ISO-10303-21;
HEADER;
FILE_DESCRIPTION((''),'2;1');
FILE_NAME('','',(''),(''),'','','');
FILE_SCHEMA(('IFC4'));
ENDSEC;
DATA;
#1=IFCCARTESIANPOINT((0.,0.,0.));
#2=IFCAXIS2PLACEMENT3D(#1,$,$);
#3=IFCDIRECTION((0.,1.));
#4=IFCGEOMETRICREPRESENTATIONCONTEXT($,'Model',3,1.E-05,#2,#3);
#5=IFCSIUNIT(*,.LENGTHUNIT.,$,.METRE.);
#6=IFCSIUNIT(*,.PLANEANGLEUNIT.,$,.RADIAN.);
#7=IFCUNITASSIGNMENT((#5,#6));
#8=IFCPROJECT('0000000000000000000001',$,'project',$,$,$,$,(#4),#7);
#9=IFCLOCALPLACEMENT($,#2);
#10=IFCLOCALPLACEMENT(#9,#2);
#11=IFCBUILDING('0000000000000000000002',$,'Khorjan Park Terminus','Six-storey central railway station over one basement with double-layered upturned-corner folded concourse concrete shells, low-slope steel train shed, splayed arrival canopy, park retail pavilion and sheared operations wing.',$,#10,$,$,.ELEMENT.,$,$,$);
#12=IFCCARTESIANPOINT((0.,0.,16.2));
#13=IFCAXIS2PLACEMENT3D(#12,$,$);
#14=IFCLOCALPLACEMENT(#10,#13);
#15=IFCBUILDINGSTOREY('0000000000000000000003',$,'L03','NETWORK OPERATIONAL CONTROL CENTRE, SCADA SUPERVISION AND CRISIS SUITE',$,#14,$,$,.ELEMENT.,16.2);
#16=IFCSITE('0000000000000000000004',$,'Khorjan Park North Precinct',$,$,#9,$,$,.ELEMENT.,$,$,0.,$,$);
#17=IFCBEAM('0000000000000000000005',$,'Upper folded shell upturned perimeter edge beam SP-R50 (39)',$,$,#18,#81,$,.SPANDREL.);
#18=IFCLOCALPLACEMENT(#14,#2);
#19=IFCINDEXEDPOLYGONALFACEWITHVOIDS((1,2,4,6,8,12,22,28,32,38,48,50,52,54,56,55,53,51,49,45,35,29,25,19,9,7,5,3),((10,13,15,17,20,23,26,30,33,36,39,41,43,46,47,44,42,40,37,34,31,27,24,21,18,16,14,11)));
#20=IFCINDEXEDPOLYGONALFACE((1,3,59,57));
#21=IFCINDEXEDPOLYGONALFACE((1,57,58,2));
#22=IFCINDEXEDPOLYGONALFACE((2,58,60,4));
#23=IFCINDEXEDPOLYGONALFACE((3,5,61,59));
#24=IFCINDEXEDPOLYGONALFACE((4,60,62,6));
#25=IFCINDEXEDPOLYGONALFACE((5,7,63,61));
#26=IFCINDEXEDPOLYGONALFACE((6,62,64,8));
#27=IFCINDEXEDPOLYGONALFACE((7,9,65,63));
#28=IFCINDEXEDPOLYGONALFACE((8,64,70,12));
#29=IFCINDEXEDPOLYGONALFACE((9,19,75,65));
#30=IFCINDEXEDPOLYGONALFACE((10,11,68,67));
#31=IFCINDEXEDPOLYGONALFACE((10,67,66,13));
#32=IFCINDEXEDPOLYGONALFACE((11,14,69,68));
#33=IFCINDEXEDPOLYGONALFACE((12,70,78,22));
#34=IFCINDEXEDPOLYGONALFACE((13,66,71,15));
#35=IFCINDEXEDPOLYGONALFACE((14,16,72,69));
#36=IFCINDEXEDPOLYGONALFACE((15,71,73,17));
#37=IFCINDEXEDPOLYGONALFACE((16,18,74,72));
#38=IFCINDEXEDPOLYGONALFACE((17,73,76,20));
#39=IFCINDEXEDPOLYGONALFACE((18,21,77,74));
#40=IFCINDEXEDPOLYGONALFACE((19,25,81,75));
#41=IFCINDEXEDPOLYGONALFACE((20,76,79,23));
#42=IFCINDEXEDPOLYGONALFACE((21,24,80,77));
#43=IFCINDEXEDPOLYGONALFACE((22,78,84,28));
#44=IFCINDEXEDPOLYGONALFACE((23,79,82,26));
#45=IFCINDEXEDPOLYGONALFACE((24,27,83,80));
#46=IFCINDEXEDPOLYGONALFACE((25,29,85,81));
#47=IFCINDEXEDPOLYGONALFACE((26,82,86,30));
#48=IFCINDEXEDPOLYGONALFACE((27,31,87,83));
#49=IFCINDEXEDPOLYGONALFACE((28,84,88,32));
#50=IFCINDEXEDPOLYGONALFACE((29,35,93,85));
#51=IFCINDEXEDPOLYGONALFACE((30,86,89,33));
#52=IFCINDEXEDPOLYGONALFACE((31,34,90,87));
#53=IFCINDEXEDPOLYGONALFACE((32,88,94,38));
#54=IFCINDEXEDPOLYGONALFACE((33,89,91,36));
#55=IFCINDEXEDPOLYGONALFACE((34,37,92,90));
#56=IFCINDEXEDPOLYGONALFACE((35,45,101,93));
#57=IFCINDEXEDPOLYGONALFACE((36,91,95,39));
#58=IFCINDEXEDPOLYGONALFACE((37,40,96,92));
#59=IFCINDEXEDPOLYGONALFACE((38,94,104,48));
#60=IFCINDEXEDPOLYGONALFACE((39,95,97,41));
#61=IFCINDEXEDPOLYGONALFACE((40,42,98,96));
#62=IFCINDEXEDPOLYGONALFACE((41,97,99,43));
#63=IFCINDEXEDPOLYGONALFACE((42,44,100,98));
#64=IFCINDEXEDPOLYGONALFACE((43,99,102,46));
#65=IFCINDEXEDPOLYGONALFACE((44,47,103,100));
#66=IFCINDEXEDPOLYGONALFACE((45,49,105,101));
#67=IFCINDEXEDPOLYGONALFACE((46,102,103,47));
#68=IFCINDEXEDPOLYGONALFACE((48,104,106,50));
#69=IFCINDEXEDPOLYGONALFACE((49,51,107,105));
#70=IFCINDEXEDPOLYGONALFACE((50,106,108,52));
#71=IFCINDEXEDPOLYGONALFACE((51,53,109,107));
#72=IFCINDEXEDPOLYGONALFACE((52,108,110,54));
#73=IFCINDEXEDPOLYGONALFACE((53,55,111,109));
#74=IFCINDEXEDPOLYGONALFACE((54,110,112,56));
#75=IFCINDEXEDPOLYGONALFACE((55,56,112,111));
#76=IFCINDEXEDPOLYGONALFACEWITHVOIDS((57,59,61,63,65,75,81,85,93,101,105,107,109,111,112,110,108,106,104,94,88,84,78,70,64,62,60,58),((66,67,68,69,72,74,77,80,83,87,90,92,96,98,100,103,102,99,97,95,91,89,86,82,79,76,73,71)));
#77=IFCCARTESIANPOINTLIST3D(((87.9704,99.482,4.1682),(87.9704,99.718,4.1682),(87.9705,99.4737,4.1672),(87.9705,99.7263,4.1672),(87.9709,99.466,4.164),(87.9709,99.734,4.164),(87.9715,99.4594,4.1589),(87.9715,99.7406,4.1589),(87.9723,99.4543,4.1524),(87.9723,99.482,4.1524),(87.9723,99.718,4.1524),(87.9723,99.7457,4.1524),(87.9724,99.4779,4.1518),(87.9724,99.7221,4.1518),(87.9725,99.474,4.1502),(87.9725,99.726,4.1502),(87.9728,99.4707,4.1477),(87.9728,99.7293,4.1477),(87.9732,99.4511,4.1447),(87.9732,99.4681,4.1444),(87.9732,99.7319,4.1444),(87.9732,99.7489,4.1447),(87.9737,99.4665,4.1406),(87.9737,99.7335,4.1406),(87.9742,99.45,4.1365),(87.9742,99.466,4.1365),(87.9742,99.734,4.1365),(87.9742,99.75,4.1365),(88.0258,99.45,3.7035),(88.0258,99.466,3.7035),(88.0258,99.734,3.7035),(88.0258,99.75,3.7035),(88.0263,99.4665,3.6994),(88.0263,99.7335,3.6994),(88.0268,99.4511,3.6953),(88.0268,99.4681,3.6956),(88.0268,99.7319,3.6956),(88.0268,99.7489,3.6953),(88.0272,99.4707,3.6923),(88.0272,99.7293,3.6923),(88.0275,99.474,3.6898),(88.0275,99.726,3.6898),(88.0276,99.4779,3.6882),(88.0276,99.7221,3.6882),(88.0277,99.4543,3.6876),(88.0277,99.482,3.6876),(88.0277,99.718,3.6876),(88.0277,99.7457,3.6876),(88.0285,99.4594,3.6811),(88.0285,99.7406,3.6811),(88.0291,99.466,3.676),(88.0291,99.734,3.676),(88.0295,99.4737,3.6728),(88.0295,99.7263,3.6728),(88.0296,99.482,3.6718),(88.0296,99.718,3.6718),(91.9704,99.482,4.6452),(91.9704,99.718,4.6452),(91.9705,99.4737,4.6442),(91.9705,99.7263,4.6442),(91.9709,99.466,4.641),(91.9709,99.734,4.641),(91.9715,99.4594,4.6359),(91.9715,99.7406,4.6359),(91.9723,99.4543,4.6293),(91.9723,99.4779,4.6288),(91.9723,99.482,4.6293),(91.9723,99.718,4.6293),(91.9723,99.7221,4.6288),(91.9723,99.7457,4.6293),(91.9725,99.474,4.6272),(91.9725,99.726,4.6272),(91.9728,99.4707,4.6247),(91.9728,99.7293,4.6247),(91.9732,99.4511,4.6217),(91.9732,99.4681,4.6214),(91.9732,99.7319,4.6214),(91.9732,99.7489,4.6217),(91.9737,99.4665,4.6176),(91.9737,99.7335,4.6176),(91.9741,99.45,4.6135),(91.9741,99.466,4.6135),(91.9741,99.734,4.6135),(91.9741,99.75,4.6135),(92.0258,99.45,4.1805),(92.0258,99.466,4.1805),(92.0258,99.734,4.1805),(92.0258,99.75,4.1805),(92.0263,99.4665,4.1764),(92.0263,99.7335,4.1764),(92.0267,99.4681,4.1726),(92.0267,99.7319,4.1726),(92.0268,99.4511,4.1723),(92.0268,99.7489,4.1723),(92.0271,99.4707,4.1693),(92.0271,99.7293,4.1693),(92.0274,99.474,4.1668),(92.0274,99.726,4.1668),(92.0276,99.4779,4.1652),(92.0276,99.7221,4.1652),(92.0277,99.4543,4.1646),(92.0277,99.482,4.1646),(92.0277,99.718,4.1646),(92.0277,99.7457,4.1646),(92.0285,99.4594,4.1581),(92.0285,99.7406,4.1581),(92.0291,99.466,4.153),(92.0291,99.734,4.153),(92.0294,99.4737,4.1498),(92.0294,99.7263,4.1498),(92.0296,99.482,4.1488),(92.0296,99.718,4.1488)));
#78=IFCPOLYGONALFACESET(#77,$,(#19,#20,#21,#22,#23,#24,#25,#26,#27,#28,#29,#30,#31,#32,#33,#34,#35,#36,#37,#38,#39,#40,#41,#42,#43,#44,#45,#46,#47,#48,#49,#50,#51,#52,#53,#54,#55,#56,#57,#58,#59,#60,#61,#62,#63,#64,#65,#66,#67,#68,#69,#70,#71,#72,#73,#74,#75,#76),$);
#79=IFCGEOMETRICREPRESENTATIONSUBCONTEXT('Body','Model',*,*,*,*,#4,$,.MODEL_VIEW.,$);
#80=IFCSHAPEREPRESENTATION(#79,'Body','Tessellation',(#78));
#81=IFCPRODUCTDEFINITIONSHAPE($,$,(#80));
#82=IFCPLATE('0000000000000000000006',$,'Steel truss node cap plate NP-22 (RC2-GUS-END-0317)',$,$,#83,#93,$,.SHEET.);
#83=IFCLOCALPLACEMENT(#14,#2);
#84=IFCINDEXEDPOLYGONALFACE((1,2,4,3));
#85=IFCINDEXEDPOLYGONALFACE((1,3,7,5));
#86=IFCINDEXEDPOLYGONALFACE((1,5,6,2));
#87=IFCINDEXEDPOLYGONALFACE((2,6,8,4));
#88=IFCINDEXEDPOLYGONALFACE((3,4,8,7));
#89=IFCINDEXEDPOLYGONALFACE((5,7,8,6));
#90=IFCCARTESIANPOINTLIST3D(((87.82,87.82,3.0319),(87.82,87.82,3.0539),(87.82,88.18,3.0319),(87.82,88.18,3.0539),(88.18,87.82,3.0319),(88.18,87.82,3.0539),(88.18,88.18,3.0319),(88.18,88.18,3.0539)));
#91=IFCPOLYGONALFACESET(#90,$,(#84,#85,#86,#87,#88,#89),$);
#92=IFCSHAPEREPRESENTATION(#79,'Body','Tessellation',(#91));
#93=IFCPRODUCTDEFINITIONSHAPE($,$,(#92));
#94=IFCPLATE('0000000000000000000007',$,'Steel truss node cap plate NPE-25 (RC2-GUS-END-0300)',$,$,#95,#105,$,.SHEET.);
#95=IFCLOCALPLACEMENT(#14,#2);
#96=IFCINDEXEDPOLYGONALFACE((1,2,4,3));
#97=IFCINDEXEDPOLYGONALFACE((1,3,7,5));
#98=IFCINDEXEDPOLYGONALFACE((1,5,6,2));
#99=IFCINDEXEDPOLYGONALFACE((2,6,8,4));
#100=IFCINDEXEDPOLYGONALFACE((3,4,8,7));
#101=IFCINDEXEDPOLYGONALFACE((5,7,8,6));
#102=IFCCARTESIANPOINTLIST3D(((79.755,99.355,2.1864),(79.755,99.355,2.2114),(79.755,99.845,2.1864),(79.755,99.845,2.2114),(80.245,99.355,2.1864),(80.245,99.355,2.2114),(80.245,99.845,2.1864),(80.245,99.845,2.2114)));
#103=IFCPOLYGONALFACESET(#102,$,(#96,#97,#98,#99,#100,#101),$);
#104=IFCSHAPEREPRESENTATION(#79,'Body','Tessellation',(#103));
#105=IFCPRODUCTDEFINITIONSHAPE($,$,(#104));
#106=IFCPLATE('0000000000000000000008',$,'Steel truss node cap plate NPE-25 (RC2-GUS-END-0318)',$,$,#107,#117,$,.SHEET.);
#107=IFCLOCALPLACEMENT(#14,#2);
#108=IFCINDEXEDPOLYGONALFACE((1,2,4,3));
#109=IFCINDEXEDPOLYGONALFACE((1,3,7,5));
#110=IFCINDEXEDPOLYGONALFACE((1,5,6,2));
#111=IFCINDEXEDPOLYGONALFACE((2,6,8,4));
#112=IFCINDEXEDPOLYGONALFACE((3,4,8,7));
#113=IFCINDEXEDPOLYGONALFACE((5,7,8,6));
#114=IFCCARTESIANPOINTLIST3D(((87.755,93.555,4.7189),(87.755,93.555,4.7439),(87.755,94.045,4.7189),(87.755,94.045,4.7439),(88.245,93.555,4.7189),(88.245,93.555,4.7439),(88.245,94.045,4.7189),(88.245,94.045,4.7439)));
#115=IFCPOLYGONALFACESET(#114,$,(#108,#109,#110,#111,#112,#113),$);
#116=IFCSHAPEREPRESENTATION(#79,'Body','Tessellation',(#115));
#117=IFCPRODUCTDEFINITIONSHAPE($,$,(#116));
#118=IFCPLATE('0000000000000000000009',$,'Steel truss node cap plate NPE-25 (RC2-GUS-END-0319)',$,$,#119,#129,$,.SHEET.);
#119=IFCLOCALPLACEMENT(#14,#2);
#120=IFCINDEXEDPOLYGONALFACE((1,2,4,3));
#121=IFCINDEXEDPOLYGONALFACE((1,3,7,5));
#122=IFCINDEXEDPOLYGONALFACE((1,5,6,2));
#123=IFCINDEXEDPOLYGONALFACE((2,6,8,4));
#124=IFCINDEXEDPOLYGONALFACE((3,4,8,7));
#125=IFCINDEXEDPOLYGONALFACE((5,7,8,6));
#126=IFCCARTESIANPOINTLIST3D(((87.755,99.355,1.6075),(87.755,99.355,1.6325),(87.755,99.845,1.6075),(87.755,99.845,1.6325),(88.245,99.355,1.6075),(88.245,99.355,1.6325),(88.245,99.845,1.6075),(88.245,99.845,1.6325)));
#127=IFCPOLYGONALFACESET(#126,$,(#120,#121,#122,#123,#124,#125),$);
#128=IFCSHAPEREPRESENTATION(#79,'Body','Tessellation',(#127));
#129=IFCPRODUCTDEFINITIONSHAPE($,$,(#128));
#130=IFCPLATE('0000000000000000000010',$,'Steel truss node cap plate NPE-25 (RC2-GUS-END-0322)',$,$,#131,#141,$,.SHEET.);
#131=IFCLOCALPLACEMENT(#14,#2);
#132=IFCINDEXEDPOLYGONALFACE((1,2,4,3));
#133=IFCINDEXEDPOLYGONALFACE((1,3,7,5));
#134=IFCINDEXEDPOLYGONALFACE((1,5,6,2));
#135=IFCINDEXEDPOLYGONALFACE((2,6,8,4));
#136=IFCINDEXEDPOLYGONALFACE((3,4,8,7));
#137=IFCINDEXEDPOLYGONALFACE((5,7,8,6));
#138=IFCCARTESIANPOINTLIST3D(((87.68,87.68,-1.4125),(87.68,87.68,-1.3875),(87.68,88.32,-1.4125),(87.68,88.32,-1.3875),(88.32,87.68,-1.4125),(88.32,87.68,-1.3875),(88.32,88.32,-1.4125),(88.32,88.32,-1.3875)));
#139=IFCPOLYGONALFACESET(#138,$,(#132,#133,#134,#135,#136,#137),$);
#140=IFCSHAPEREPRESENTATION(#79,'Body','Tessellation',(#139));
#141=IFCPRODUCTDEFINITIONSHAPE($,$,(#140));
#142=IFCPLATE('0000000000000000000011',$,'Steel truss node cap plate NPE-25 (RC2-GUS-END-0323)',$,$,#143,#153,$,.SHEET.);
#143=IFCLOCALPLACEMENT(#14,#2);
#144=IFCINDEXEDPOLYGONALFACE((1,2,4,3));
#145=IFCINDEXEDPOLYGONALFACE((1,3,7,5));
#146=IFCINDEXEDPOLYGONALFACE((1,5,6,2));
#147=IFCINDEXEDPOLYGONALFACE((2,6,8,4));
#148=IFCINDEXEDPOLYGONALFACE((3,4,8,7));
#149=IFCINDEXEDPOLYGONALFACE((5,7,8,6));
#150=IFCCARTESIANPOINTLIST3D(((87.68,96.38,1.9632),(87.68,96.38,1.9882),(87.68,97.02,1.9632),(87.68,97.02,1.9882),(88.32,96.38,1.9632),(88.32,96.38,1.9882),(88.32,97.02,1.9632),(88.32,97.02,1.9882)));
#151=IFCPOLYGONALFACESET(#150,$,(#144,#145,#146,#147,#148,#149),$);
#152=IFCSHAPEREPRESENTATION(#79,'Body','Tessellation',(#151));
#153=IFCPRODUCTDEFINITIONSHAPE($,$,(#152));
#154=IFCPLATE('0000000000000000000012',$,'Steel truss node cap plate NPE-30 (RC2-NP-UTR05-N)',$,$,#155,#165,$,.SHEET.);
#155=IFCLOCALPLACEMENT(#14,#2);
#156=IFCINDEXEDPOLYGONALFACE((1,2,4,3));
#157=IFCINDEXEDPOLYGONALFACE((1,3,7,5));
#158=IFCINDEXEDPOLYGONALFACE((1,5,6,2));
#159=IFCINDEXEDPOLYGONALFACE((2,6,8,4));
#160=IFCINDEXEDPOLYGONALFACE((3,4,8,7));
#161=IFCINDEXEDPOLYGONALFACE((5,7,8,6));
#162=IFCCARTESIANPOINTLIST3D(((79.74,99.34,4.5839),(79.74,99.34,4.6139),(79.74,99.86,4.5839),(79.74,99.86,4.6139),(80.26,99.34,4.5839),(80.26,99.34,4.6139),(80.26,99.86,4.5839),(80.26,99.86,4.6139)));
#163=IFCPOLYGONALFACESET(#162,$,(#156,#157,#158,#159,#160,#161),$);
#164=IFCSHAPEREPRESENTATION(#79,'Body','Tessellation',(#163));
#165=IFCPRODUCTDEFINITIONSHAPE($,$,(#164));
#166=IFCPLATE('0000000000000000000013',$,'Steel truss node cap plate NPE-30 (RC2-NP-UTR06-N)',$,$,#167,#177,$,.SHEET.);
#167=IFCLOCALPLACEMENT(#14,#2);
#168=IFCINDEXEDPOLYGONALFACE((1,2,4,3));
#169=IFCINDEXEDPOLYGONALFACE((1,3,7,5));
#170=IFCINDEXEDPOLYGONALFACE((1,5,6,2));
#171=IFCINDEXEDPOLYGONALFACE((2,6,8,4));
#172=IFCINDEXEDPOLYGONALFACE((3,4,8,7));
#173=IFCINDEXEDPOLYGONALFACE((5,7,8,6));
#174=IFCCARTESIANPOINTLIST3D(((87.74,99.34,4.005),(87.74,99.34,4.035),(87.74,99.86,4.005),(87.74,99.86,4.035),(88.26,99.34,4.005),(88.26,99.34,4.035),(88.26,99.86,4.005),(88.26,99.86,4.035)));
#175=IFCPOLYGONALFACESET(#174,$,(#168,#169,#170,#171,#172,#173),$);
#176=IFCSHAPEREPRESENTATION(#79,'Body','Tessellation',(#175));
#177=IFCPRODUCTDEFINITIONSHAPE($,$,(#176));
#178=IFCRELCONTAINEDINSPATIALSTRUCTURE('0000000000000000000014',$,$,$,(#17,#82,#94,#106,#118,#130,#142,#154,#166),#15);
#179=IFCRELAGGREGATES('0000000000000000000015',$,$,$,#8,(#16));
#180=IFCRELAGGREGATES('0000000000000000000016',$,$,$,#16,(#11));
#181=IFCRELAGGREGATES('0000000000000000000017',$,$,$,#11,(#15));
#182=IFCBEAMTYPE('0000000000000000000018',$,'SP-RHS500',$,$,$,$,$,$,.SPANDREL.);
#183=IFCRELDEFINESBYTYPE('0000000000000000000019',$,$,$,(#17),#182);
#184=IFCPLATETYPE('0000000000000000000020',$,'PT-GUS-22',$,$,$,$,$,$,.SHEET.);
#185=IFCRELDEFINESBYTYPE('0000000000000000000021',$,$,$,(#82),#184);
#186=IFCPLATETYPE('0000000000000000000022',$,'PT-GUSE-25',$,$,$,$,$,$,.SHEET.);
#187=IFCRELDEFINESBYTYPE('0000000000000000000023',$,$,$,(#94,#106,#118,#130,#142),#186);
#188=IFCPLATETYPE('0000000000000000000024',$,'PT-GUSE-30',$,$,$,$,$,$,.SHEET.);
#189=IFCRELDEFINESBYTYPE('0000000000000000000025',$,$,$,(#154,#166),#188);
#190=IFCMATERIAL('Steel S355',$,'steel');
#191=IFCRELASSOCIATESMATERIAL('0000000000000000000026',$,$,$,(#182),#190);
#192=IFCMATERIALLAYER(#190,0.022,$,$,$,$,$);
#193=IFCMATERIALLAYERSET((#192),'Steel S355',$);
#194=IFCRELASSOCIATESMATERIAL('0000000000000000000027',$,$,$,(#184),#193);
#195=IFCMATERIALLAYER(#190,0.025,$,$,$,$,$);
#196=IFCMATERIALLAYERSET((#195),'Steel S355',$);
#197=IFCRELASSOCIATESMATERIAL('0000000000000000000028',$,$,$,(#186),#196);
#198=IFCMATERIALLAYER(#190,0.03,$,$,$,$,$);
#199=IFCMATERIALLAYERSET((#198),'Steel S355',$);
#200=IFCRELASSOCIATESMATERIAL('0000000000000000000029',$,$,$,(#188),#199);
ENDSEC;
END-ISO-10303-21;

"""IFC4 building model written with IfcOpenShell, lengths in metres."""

from ifc_helpers import new_model, si_unit, direction, frame, origin, origin_2d, place, context, subcontext, project, spatial, rectangle, hollow_rectangle, extrude, material, layer, layer_set, material_profile, profile_set, type_object, element, save


model = new_model("IFC4")

# Units and contexts
model_context = context("Model", 3, precision=1e-05, world=origin(), true_north=direction((0.0, 1.0)))
body_context = subcontext(model_context, "Body", "Model", "MODEL_VIEW")
ifc_project = project(units=[si_unit("LENGTHUNIT", "METRE"), si_unit("PLANEANGLEUNIT", "RADIAN")], contexts=[model_context])

# Site, building, storey
site_placement = place(None, origin())
site = spatial("IfcSite", under=ifc_project, at=site_placement, Name="Khorjan Park North Precinct", CompositionType="ELEMENT", RefElevation=0.0)
building_placement = place(site_placement, origin())
building = spatial("IfcBuilding", under=site, at=building_placement, Name="Khorjan Park Terminus", Description="Six-storey central railway station over one basement with double-layered upturned-corner folded concourse concrete shells, low-slope steel train shed, splayed arrival canopy, park retail pavilion and sheared operations wing.", CompositionType="ELEMENT")
storey_placement = place(building_placement, frame((0.0, 0.0, 16.2)))
storey = spatial("IfcBuildingStorey", under=building, at=storey_placement, Name="L03", Description="NETWORK OPERATIONAL CONTROL CENTRE, SCADA SUPERVISION AND CRISIS SUITE", CompositionType="ELEMENT", Elevation=16.2)

# Shared definitions
ifc_material_1 = material(Name="Steel S355", Category="steel")

# Beam
ifc_material_profile_1 = material_profile(ifc_material_1, hollow_rectangle(XDim=0.3, YDim=0.5, WallThickness=0.016, InnerFilletRadius=0.016, OuterFilletRadius=0.032, at=origin_2d()), Name="RHS 500x300x16")
ifc_profile_set_1 = profile_set([ifc_material_profile_1], Name="Steel S355")
beam_type_1 = type_object("IfcBeamType", Name="SP-RHS500", PredefinedType="SPANDREL", material=ifc_profile_set_1)
for number, where, z_axis, x_axis, name in (
    (1, (88.0, 99.6, 3.92), (0.992965, 0.0, 0.118411), (0.0, 1.0, 0.0), "Upper folded shell upturned perimeter edge beam SP-R50 (39)"),
):
    element("IfcBeam", number, at=place(storey_placement, frame(where, z_axis=z_axis, x_axis=x_axis)), inside=storey, type_object=beam_type_1, Name=name, PredefinedType="SPANDREL", context=body_context, shape_type="SweptSolid", body=[
        extrude(hollow_rectangle(XDim=0.3, YDim=0.5, WallThickness=0.016, InnerFilletRadius=0.016, OuterFilletRadius=0.032, at=origin_2d()), origin(), (0.0, 0.0, 1.0), 4.0283),
    ])

# Plates
ifc_layer_1 = layer(ifc_material_1, 0.022)
ifc_layer_set_1 = layer_set([ifc_layer_1], Name="Steel S355")
plate_type_1 = type_object("IfcPlateType", Name="PT-GUS-22", PredefinedType="SHEET", material=ifc_layer_set_1)
plate_placement = place(storey_placement, frame((88.0, 88.0, 3.0319), z_axis=(0.0, 0.0, 1.0), x_axis=(1.0, 0.0, 0.0)))
element("IfcPlate", 2, at=plate_placement, inside=storey, type_object=plate_type_1, Name="Steel truss node cap plate NP-22 (RC2-GUS-END-0317)", PredefinedType="SHEET", context=body_context, shape_type="SweptSolid", body=[
    extrude(rectangle(XDim=0.36, YDim=0.36, at=origin_2d()), origin(), (0.0, 0.0, 1.0), 0.022),
])
ifc_layer_2 = layer(ifc_material_1, 0.025)
ifc_layer_set_2 = layer_set([ifc_layer_2], Name="Steel S355")
plate_type_2 = type_object("IfcPlateType", Name="PT-GUSE-25", PredefinedType="SHEET", material=ifc_layer_set_2)
for number, where, z_axis, x_axis, name in (
    (3, (80.0, 99.6, 2.1864), (0.0, 0.0, 1.0), (1.0, 0.0, 0.0), "Steel truss node cap plate NPE-25 (RC2-GUS-END-0300)"),
    (4, (88.0, 93.8, 4.7189), (0.0, 0.0, 1.0), (1.0, 0.0, 0.0), "Steel truss node cap plate NPE-25 (RC2-GUS-END-0318)"),
    (5, (88.0, 99.6, 1.6075), (0.0, 0.0, 1.0), (1.0, 0.0, 0.0), "Steel truss node cap plate NPE-25 (RC2-GUS-END-0319)"),
):
    element("IfcPlate", number, at=place(storey_placement, frame(where, z_axis=z_axis, x_axis=x_axis)), inside=storey, type_object=plate_type_2, Name=name, PredefinedType="SHEET", context=body_context, shape_type="SweptSolid", body=[
        extrude(rectangle(XDim=0.49, YDim=0.49, at=origin_2d()), origin(), (0.0, 0.0, 1.0), 0.025),
    ])
for number, where, z_axis, x_axis, name in (
    (6, (88.0, 88.0, -1.4125), (0.0, 0.0, 1.0), (1.0, 0.0, 0.0), "Steel truss node cap plate NPE-25 (RC2-GUS-END-0322)"),
    (7, (88.0, 96.7, 1.9632), (0.0, 0.0, 1.0), (1.0, 0.0, 0.0), "Steel truss node cap plate NPE-25 (RC2-GUS-END-0323)"),
):
    element("IfcPlate", number, at=place(storey_placement, frame(where, z_axis=z_axis, x_axis=x_axis)), inside=storey, type_object=plate_type_2, Name=name, PredefinedType="SHEET", context=body_context, shape_type="SweptSolid", body=[
        extrude(rectangle(XDim=0.64, YDim=0.64, at=origin_2d()), origin(), (0.0, 0.0, 1.0), 0.025),
    ])
ifc_layer_3 = layer(ifc_material_1, 0.03)
ifc_layer_set_3 = layer_set([ifc_layer_3], Name="Steel S355")
plate_type_3 = type_object("IfcPlateType", Name="PT-GUSE-30", PredefinedType="SHEET", material=ifc_layer_set_3)
for number, where, z_axis, x_axis, name in (
    (8, (80.0, 99.6, 4.5839), (0.0, 0.0, 1.0), (1.0, 0.0, 0.0), "Steel truss node cap plate NPE-30 (RC2-NP-UTR05-N)"),
    (9, (88.0, 99.6, 4.005), (0.0, 0.0, 1.0), (1.0, 0.0, 0.0), "Steel truss node cap plate NPE-30 (RC2-NP-UTR06-N)"),
):
    element("IfcPlate", number, at=place(storey_placement, frame(where, z_axis=z_axis, x_axis=x_axis)), inside=storey, type_object=plate_type_3, Name=name, PredefinedType="SHEET", context=body_context, shape_type="SweptSolid", body=[
        extrude(rectangle(XDim=0.52, YDim=0.52, at=origin_2d()), origin(), (0.0, 0.0, 1.0), 0.03),
    ])

save(model, "model.ifc")
